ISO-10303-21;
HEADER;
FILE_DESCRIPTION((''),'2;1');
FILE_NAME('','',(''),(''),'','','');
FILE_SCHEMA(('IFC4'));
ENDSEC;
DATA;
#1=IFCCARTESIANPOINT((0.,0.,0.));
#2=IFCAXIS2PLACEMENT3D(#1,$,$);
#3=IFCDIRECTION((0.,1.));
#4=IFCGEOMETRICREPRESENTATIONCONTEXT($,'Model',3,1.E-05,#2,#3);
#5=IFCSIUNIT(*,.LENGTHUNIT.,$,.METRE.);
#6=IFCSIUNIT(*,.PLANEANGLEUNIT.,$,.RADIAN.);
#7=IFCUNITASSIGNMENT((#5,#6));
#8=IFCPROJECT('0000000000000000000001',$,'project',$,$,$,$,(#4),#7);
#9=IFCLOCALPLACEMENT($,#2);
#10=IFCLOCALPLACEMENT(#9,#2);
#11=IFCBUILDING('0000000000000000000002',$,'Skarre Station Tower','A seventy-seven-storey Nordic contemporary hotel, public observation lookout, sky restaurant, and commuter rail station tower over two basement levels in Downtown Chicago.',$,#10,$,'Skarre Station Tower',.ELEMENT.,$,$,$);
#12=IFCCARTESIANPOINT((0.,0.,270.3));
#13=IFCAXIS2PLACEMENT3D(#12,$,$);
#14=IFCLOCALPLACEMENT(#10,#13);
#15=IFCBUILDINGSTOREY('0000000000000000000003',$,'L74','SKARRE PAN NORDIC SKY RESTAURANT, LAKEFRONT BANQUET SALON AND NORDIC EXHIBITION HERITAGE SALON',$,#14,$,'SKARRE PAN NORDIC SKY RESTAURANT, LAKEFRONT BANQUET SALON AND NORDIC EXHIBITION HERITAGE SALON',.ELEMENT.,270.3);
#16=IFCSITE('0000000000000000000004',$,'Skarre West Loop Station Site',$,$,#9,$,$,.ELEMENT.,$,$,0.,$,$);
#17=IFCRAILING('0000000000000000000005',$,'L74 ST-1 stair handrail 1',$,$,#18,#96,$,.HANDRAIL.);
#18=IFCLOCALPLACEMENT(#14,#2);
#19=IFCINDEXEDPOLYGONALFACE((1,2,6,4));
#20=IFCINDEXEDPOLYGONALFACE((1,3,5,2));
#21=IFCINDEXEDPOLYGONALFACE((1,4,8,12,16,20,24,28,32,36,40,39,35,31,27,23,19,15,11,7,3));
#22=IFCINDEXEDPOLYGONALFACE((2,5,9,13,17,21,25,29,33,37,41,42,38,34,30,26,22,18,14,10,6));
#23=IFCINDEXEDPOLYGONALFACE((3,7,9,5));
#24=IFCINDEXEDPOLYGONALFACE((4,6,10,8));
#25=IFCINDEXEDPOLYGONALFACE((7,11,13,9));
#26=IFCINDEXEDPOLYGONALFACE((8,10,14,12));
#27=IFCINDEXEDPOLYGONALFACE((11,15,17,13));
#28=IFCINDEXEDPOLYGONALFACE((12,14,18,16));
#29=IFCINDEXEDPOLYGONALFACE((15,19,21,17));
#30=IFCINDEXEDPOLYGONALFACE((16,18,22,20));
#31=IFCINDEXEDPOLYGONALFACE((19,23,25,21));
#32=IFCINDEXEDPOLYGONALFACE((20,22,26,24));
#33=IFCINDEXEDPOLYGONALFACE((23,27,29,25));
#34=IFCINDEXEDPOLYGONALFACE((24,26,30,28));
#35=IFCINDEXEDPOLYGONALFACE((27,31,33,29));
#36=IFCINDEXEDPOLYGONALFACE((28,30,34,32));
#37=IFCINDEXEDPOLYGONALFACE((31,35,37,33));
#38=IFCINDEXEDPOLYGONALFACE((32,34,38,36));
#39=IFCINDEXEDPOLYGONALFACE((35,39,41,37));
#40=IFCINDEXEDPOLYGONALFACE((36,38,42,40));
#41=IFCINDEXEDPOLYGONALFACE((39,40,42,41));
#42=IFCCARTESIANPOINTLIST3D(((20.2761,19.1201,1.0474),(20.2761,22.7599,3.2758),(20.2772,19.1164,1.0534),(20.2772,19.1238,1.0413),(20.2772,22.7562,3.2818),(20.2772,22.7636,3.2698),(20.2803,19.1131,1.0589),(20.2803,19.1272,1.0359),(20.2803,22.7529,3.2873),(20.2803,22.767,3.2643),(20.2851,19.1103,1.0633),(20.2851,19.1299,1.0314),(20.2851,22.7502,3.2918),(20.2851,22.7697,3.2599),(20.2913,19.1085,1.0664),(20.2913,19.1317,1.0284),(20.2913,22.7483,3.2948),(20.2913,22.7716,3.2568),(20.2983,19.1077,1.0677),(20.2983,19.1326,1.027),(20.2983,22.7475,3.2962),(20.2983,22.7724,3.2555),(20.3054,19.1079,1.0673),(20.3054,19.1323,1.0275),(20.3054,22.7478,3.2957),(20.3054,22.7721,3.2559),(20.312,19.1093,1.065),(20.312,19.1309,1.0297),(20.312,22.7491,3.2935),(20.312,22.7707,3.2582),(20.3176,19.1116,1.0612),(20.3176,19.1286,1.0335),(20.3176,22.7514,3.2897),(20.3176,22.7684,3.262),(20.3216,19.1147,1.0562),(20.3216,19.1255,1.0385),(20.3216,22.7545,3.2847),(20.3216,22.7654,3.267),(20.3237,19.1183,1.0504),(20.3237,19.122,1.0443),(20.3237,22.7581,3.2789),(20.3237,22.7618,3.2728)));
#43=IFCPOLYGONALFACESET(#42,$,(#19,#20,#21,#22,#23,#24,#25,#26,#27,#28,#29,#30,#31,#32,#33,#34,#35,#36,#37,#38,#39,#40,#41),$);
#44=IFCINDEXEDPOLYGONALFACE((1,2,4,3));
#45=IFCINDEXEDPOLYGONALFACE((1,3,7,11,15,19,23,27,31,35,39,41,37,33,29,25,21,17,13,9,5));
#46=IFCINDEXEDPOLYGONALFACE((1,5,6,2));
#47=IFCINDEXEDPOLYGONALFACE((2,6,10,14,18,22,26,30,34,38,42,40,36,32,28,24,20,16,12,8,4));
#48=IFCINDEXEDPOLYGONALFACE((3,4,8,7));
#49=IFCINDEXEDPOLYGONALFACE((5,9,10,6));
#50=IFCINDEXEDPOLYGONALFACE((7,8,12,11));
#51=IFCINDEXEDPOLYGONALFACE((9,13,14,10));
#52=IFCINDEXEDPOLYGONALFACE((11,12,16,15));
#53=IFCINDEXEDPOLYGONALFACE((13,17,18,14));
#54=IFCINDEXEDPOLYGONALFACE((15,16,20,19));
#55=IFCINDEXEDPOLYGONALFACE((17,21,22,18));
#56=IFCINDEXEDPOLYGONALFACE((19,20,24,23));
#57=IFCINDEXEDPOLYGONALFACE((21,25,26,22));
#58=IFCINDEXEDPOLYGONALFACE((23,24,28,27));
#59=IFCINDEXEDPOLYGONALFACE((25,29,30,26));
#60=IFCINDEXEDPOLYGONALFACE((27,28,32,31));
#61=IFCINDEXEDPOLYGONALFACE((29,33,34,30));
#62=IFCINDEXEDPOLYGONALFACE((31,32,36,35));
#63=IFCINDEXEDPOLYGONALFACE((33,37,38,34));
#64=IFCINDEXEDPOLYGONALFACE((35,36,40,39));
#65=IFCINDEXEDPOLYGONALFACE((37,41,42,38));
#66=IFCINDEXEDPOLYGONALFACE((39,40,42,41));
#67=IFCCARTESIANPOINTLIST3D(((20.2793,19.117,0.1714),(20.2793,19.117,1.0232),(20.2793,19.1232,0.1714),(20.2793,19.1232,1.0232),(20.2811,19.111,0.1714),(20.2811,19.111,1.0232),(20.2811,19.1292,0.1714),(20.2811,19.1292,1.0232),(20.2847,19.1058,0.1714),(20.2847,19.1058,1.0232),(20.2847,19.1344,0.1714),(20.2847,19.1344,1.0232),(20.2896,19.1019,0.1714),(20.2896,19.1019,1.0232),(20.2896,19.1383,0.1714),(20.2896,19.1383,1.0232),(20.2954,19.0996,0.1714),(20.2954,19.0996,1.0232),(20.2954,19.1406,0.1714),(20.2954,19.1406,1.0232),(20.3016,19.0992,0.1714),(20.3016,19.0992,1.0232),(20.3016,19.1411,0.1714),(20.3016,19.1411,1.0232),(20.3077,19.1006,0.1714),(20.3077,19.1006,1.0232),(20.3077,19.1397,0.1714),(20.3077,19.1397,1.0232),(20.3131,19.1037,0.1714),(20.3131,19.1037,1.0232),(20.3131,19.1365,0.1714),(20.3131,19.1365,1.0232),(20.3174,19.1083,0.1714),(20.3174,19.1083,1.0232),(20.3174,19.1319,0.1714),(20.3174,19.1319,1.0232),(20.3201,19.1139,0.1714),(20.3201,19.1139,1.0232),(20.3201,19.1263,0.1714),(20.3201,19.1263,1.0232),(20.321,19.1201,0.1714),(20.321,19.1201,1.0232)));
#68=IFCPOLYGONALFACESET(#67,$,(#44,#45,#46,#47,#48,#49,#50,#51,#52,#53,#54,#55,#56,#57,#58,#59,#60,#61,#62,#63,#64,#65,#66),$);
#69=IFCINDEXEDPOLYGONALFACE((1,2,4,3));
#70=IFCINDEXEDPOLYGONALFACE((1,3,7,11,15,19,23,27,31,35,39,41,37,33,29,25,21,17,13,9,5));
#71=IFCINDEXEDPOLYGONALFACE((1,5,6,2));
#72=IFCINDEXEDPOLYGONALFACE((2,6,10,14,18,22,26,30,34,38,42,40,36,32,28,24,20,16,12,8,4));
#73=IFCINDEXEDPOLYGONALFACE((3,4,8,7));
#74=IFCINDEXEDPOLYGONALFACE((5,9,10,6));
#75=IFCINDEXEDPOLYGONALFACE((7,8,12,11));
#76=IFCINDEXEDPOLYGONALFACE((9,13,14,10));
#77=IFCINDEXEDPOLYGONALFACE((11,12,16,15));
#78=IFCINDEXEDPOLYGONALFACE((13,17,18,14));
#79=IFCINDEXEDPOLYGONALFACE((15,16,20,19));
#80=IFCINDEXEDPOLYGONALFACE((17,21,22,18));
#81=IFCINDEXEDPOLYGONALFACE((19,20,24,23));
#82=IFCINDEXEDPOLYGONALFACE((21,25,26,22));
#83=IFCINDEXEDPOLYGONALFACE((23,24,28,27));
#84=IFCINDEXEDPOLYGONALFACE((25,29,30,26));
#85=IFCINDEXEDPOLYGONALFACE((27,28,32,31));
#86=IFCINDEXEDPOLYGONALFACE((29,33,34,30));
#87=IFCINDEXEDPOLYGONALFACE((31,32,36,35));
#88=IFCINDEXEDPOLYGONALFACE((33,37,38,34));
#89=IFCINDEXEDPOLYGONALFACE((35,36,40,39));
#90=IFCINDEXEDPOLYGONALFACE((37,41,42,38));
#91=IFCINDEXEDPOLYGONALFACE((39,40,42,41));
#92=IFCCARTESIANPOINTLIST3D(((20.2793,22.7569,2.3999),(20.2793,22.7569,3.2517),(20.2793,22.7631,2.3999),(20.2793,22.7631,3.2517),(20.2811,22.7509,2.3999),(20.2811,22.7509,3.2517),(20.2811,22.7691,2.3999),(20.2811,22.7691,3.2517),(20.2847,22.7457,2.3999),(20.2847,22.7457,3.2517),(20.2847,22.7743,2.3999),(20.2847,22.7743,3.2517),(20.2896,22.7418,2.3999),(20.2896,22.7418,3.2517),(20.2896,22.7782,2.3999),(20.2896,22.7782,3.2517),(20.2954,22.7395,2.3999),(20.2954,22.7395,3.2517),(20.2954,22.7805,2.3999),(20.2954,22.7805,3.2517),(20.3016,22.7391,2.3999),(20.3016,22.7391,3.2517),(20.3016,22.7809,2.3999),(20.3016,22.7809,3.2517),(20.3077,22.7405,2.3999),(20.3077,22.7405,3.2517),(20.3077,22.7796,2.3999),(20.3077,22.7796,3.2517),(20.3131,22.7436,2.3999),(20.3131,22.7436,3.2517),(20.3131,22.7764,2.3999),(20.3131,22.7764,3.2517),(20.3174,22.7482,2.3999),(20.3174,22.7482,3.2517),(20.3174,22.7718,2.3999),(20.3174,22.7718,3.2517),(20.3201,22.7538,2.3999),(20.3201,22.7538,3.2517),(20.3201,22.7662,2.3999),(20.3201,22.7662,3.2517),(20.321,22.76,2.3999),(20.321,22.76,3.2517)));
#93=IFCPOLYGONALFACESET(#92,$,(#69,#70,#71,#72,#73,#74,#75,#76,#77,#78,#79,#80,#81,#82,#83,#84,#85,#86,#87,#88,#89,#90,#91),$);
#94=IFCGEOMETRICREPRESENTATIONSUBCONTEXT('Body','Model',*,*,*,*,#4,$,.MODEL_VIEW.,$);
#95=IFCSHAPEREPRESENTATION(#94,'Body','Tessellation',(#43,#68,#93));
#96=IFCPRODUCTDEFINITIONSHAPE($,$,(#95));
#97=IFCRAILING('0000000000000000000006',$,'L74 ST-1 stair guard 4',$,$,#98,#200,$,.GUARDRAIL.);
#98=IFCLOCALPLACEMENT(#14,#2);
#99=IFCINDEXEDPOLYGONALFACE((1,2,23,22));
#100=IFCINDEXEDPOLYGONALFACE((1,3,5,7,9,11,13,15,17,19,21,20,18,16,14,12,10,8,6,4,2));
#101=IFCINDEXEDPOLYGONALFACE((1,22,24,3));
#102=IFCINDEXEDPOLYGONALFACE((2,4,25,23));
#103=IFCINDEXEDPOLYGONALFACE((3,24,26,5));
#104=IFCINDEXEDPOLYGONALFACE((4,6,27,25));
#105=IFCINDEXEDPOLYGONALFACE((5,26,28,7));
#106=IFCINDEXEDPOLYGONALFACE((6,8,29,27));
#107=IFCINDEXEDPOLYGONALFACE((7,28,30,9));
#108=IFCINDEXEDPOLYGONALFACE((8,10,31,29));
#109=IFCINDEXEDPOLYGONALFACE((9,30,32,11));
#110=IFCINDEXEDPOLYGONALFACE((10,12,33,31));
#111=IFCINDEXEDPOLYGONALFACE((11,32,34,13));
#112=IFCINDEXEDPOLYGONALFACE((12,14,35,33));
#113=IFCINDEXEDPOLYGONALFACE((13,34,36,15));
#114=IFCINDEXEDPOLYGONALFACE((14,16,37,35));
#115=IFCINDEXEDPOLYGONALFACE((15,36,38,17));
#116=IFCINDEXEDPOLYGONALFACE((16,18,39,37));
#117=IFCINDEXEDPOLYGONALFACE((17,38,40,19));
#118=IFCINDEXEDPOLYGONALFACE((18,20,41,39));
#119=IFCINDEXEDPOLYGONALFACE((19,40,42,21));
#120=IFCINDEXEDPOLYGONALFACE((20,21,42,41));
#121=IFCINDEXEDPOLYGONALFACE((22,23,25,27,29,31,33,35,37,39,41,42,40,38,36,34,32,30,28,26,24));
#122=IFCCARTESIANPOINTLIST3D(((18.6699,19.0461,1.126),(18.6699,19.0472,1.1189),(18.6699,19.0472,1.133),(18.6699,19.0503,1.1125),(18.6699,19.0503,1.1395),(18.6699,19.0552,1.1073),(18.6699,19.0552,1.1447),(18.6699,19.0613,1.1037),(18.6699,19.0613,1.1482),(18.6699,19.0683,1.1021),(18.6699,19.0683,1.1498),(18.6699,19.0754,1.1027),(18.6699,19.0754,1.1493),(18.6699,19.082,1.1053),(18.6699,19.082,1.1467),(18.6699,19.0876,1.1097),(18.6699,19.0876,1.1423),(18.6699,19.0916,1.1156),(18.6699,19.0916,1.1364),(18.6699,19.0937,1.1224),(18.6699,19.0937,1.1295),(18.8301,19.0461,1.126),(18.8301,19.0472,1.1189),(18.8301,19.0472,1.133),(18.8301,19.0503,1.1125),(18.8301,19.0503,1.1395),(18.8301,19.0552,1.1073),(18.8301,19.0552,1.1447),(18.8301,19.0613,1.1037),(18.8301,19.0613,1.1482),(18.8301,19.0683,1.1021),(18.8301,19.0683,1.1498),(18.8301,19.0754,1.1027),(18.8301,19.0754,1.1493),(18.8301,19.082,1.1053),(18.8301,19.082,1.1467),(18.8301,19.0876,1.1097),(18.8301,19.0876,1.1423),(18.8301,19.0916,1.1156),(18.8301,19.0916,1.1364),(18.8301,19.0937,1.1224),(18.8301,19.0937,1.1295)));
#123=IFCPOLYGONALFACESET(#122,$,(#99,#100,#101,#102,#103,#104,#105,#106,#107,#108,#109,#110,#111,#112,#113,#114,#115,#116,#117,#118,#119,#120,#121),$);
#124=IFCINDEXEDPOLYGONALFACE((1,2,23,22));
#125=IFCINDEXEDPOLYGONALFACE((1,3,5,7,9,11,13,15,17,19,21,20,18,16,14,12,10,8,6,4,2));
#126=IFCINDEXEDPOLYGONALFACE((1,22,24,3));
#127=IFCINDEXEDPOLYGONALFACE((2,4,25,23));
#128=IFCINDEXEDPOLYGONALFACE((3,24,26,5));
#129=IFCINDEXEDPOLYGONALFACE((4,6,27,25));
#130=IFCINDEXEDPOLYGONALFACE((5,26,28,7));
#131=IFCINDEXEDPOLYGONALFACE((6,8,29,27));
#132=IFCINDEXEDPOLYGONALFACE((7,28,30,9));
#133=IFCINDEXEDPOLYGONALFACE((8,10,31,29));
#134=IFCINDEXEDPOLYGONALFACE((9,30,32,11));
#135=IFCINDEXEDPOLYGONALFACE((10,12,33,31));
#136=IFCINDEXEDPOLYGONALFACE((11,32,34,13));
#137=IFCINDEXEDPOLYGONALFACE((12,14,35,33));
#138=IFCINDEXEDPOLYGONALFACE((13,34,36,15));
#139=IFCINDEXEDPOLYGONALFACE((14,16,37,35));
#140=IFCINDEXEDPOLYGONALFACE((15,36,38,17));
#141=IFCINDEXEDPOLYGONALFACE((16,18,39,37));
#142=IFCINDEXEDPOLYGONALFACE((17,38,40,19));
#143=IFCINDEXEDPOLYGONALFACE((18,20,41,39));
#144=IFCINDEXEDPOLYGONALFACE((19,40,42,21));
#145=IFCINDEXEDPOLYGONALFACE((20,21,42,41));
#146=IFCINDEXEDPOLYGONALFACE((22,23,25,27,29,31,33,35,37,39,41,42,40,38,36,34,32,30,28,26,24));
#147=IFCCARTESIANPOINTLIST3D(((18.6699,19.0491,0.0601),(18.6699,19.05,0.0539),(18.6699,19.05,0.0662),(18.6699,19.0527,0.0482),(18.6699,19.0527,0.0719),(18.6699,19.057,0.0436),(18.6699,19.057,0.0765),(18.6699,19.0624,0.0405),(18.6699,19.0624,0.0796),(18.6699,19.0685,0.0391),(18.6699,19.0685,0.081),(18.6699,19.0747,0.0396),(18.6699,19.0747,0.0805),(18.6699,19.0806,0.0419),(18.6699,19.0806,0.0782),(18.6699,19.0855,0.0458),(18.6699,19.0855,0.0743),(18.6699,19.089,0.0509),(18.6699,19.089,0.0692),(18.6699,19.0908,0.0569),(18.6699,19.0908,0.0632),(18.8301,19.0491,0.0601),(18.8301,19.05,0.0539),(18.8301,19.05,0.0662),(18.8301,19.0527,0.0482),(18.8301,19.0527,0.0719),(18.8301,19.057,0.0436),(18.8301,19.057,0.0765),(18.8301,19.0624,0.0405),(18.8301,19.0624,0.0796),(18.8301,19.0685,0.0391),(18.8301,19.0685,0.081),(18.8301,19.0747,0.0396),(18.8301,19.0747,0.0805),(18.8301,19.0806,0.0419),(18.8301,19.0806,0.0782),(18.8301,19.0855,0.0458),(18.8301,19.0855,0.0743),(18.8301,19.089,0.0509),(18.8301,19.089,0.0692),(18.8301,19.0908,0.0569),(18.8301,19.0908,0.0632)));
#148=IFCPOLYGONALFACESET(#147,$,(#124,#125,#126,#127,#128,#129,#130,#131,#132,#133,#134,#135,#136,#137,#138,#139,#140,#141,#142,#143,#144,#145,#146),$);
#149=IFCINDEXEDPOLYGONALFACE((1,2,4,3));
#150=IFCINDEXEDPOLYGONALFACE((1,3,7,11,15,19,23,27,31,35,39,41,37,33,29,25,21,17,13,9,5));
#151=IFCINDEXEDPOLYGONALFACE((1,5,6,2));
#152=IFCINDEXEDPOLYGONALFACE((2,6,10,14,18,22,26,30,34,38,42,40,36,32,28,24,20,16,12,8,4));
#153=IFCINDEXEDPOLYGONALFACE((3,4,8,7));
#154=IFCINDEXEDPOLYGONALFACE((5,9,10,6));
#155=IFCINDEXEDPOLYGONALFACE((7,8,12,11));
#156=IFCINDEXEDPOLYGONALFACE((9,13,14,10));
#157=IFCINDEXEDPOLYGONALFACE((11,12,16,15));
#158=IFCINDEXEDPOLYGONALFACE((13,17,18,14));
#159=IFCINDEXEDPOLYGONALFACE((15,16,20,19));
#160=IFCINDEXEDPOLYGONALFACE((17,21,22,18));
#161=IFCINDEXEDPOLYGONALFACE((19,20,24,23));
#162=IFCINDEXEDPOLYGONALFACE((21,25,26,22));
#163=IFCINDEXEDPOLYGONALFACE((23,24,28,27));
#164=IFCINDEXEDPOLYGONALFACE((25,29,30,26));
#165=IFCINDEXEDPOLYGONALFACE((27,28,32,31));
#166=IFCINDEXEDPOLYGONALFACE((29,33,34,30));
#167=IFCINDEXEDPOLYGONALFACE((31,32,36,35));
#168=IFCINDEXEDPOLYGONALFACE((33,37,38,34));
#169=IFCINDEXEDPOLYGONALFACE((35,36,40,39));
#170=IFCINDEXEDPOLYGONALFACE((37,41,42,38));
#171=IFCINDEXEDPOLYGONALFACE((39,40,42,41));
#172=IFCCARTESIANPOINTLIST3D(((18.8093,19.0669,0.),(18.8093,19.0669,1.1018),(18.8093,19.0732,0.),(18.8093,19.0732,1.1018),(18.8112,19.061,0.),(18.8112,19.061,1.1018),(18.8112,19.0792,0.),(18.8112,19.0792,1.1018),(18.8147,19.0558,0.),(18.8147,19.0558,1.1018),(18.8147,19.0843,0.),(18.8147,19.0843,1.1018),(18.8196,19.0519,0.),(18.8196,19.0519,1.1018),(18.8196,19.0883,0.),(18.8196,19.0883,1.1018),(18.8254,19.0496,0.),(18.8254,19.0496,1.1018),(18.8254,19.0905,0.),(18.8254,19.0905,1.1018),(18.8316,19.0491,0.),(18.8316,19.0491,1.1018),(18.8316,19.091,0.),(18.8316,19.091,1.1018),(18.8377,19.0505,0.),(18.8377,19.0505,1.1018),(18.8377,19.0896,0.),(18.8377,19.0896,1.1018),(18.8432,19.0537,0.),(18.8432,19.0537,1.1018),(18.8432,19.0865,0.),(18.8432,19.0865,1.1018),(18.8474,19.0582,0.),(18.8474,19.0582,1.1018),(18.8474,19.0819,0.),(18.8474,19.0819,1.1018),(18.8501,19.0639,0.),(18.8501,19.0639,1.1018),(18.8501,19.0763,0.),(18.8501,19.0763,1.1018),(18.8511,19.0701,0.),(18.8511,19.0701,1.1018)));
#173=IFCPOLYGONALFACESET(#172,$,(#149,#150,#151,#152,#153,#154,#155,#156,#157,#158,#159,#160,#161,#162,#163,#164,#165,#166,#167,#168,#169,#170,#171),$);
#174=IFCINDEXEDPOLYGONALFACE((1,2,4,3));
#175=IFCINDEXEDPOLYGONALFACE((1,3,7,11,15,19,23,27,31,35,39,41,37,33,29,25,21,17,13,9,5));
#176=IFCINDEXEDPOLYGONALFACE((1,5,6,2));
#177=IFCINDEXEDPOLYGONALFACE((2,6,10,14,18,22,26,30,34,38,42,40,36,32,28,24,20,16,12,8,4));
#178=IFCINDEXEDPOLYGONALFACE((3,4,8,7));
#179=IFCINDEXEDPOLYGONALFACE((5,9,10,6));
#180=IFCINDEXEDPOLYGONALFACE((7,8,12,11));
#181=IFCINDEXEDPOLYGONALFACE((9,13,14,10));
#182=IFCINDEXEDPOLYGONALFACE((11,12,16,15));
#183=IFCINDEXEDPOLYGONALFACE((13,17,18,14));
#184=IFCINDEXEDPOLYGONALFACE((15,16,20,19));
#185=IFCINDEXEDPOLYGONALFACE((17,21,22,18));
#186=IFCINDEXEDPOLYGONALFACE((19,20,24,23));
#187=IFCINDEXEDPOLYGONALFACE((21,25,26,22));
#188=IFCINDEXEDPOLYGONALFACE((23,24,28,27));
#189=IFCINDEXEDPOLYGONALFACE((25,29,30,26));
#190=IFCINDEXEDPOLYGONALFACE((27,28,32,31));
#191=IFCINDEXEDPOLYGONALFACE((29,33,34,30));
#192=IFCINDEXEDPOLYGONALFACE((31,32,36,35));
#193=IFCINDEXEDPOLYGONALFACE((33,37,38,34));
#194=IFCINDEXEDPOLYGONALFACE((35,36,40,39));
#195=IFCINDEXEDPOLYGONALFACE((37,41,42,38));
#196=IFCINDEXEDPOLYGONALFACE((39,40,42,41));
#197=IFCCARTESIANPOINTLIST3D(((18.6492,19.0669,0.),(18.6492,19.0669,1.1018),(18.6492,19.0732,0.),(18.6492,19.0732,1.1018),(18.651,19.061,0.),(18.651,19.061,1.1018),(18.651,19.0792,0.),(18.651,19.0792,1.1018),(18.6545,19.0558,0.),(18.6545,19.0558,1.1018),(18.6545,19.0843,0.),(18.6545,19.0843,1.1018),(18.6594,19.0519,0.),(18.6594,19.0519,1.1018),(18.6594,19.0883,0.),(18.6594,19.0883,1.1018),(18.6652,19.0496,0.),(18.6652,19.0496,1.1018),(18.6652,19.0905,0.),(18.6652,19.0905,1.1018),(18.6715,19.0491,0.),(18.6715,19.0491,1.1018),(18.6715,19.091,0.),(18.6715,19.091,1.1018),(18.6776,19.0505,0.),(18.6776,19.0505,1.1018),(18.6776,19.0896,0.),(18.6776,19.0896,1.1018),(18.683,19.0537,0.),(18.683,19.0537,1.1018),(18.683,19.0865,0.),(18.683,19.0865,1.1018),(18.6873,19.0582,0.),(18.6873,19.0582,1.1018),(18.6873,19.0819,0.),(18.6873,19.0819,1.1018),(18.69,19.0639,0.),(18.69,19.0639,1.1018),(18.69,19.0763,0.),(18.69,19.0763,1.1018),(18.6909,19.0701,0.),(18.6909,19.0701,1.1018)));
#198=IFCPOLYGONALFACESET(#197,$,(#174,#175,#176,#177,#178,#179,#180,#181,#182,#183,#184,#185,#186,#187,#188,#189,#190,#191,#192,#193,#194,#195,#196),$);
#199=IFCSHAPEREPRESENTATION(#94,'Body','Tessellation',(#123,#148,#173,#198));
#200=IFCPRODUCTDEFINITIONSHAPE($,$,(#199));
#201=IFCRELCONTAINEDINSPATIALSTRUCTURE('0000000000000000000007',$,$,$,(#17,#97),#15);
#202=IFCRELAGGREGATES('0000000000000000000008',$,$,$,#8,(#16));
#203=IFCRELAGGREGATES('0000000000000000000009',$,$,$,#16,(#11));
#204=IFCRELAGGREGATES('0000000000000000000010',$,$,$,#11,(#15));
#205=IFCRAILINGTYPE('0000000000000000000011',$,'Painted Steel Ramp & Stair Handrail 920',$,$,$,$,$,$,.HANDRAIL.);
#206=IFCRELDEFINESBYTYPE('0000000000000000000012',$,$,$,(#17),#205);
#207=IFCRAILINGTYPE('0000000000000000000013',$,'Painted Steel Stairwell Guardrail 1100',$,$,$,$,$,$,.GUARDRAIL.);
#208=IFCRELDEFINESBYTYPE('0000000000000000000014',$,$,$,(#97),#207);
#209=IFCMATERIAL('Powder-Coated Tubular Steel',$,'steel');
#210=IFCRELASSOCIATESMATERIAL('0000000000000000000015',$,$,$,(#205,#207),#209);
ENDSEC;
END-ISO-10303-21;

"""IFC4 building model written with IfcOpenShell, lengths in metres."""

from ifc_helpers import new_model, si_unit, direction, frame, origin, origin_2d, place, context, subcontext, project, spatial, circle, extrude, material, type_object, element, save


model = new_model("IFC4")

# Units and contexts
model_context = context("Model", 3, precision=1e-05, world=origin(), true_north=direction((0.0, 1.0)))
body_context = subcontext(model_context, "Body", "Model", "MODEL_VIEW")
ifc_project = project(units=[si_unit("LENGTHUNIT", "METRE"), si_unit("PLANEANGLEUNIT", "RADIAN")], contexts=[model_context])

# Site, building, storey
site_placement = place(None, origin())
site = spatial("IfcSite", under=ifc_project, at=site_placement, Name="Skarre West Loop Station Site", CompositionType="ELEMENT", RefElevation=0.0)
building_placement = place(site_placement, origin())
building = spatial("IfcBuilding", under=site, at=building_placement, Name="Skarre Station Tower", Description="A seventy-seven-storey Nordic contemporary hotel, public observation lookout, sky restaurant, and commuter rail station tower over two basement levels in Downtown Chicago.", LongName="Skarre Station Tower", CompositionType="ELEMENT")
storey_placement = place(building_placement, frame((0.0, 0.0, 270.3)))
storey = spatial("IfcBuildingStorey", under=building, at=storey_placement, Name="L74", Description="SKARRE PAN NORDIC SKY RESTAURANT, LAKEFRONT BANQUET SALON AND NORDIC EXHIBITION HERITAGE SALON", LongName="SKARRE PAN NORDIC SKY RESTAURANT, LAKEFRONT BANQUET SALON AND NORDIC EXHIBITION HERITAGE SALON", CompositionType="ELEMENT", Elevation=270.3)

# Railings
ifc_material_1 = material(Name="Powder-Coated Tubular Steel", Category="steel")
railing_type_1 = type_object("IfcRailingType", Name="Painted Steel Ramp & Stair Handrail 920", PredefinedType="HANDRAIL", material=ifc_material_1)
railing_1_placement = place(storey_placement, frame((20.3, 19.1201, 0.1714)))
element("IfcRailing", 1, at=railing_1_placement, inside=storey, type_object=railing_type_1, Name="L74 ST-1 stair handrail 1", PredefinedType="HANDRAIL", context=body_context, shape_type="SweptSolid", body=[
    extrude(circle(Radius=0.0239, at=origin_2d()), frame((0.0, 0.0, 0.876), z_axis=(0.0, 0.85285, 0.522156), x_axis=(-1.0, 0.0, 0.0)), (0.0, 0.0, 1.0), 4.2678),
    extrude(circle(Radius=0.021, at=origin_2d()), origin(), (0.0, 0.0, 1.0), 0.8518),
    extrude(circle(Radius=0.021, at=origin_2d()), frame((0.0, 3.6399, 2.2285)), (0.0, 0.0, 1.0), 0.8518),
])
railing_type_2 = type_object("IfcRailingType", Name="Painted Steel Stairwell Guardrail 1100", PredefinedType="GUARDRAIL", material=ifc_material_1)
railing_2_placement = place(storey_placement, frame((18.8301, 19.0701, 0.0)))
element("IfcRailing", 2, at=railing_2_placement, inside=storey, type_object=railing_type_2, Name="L74 ST-1 stair guard 4", PredefinedType="GUARDRAIL", context=body_context, shape_type="SweptSolid", body=[
    extrude(circle(Radius=0.0239, at=origin_2d()), frame((0.0, 0.0, 1.126), z_axis=(-1.0, 0.0, 0.0), x_axis=(0.0, -1.0, 0.0)), (0.0, 0.0, 1.0), 0.1602),
    extrude(circle(Radius=0.021, at=origin_2d()), frame((0.0, 0.0, 0.0601), z_axis=(-1.0, 0.0, 0.0), x_axis=(0.0, -1.0, 0.0)), (0.0, 0.0, 1.0), 0.1602),
    extrude(circle(Radius=0.021, at=origin_2d()), origin(), (0.0, 0.0, 1.0), 1.1018),
    extrude(circle(Radius=0.021, at=origin_2d()), frame((-0.1602, 0.0, 0.0)), (0.0, 0.0, 1.0), 1.1018),
])

save(model, "model.ifc")
